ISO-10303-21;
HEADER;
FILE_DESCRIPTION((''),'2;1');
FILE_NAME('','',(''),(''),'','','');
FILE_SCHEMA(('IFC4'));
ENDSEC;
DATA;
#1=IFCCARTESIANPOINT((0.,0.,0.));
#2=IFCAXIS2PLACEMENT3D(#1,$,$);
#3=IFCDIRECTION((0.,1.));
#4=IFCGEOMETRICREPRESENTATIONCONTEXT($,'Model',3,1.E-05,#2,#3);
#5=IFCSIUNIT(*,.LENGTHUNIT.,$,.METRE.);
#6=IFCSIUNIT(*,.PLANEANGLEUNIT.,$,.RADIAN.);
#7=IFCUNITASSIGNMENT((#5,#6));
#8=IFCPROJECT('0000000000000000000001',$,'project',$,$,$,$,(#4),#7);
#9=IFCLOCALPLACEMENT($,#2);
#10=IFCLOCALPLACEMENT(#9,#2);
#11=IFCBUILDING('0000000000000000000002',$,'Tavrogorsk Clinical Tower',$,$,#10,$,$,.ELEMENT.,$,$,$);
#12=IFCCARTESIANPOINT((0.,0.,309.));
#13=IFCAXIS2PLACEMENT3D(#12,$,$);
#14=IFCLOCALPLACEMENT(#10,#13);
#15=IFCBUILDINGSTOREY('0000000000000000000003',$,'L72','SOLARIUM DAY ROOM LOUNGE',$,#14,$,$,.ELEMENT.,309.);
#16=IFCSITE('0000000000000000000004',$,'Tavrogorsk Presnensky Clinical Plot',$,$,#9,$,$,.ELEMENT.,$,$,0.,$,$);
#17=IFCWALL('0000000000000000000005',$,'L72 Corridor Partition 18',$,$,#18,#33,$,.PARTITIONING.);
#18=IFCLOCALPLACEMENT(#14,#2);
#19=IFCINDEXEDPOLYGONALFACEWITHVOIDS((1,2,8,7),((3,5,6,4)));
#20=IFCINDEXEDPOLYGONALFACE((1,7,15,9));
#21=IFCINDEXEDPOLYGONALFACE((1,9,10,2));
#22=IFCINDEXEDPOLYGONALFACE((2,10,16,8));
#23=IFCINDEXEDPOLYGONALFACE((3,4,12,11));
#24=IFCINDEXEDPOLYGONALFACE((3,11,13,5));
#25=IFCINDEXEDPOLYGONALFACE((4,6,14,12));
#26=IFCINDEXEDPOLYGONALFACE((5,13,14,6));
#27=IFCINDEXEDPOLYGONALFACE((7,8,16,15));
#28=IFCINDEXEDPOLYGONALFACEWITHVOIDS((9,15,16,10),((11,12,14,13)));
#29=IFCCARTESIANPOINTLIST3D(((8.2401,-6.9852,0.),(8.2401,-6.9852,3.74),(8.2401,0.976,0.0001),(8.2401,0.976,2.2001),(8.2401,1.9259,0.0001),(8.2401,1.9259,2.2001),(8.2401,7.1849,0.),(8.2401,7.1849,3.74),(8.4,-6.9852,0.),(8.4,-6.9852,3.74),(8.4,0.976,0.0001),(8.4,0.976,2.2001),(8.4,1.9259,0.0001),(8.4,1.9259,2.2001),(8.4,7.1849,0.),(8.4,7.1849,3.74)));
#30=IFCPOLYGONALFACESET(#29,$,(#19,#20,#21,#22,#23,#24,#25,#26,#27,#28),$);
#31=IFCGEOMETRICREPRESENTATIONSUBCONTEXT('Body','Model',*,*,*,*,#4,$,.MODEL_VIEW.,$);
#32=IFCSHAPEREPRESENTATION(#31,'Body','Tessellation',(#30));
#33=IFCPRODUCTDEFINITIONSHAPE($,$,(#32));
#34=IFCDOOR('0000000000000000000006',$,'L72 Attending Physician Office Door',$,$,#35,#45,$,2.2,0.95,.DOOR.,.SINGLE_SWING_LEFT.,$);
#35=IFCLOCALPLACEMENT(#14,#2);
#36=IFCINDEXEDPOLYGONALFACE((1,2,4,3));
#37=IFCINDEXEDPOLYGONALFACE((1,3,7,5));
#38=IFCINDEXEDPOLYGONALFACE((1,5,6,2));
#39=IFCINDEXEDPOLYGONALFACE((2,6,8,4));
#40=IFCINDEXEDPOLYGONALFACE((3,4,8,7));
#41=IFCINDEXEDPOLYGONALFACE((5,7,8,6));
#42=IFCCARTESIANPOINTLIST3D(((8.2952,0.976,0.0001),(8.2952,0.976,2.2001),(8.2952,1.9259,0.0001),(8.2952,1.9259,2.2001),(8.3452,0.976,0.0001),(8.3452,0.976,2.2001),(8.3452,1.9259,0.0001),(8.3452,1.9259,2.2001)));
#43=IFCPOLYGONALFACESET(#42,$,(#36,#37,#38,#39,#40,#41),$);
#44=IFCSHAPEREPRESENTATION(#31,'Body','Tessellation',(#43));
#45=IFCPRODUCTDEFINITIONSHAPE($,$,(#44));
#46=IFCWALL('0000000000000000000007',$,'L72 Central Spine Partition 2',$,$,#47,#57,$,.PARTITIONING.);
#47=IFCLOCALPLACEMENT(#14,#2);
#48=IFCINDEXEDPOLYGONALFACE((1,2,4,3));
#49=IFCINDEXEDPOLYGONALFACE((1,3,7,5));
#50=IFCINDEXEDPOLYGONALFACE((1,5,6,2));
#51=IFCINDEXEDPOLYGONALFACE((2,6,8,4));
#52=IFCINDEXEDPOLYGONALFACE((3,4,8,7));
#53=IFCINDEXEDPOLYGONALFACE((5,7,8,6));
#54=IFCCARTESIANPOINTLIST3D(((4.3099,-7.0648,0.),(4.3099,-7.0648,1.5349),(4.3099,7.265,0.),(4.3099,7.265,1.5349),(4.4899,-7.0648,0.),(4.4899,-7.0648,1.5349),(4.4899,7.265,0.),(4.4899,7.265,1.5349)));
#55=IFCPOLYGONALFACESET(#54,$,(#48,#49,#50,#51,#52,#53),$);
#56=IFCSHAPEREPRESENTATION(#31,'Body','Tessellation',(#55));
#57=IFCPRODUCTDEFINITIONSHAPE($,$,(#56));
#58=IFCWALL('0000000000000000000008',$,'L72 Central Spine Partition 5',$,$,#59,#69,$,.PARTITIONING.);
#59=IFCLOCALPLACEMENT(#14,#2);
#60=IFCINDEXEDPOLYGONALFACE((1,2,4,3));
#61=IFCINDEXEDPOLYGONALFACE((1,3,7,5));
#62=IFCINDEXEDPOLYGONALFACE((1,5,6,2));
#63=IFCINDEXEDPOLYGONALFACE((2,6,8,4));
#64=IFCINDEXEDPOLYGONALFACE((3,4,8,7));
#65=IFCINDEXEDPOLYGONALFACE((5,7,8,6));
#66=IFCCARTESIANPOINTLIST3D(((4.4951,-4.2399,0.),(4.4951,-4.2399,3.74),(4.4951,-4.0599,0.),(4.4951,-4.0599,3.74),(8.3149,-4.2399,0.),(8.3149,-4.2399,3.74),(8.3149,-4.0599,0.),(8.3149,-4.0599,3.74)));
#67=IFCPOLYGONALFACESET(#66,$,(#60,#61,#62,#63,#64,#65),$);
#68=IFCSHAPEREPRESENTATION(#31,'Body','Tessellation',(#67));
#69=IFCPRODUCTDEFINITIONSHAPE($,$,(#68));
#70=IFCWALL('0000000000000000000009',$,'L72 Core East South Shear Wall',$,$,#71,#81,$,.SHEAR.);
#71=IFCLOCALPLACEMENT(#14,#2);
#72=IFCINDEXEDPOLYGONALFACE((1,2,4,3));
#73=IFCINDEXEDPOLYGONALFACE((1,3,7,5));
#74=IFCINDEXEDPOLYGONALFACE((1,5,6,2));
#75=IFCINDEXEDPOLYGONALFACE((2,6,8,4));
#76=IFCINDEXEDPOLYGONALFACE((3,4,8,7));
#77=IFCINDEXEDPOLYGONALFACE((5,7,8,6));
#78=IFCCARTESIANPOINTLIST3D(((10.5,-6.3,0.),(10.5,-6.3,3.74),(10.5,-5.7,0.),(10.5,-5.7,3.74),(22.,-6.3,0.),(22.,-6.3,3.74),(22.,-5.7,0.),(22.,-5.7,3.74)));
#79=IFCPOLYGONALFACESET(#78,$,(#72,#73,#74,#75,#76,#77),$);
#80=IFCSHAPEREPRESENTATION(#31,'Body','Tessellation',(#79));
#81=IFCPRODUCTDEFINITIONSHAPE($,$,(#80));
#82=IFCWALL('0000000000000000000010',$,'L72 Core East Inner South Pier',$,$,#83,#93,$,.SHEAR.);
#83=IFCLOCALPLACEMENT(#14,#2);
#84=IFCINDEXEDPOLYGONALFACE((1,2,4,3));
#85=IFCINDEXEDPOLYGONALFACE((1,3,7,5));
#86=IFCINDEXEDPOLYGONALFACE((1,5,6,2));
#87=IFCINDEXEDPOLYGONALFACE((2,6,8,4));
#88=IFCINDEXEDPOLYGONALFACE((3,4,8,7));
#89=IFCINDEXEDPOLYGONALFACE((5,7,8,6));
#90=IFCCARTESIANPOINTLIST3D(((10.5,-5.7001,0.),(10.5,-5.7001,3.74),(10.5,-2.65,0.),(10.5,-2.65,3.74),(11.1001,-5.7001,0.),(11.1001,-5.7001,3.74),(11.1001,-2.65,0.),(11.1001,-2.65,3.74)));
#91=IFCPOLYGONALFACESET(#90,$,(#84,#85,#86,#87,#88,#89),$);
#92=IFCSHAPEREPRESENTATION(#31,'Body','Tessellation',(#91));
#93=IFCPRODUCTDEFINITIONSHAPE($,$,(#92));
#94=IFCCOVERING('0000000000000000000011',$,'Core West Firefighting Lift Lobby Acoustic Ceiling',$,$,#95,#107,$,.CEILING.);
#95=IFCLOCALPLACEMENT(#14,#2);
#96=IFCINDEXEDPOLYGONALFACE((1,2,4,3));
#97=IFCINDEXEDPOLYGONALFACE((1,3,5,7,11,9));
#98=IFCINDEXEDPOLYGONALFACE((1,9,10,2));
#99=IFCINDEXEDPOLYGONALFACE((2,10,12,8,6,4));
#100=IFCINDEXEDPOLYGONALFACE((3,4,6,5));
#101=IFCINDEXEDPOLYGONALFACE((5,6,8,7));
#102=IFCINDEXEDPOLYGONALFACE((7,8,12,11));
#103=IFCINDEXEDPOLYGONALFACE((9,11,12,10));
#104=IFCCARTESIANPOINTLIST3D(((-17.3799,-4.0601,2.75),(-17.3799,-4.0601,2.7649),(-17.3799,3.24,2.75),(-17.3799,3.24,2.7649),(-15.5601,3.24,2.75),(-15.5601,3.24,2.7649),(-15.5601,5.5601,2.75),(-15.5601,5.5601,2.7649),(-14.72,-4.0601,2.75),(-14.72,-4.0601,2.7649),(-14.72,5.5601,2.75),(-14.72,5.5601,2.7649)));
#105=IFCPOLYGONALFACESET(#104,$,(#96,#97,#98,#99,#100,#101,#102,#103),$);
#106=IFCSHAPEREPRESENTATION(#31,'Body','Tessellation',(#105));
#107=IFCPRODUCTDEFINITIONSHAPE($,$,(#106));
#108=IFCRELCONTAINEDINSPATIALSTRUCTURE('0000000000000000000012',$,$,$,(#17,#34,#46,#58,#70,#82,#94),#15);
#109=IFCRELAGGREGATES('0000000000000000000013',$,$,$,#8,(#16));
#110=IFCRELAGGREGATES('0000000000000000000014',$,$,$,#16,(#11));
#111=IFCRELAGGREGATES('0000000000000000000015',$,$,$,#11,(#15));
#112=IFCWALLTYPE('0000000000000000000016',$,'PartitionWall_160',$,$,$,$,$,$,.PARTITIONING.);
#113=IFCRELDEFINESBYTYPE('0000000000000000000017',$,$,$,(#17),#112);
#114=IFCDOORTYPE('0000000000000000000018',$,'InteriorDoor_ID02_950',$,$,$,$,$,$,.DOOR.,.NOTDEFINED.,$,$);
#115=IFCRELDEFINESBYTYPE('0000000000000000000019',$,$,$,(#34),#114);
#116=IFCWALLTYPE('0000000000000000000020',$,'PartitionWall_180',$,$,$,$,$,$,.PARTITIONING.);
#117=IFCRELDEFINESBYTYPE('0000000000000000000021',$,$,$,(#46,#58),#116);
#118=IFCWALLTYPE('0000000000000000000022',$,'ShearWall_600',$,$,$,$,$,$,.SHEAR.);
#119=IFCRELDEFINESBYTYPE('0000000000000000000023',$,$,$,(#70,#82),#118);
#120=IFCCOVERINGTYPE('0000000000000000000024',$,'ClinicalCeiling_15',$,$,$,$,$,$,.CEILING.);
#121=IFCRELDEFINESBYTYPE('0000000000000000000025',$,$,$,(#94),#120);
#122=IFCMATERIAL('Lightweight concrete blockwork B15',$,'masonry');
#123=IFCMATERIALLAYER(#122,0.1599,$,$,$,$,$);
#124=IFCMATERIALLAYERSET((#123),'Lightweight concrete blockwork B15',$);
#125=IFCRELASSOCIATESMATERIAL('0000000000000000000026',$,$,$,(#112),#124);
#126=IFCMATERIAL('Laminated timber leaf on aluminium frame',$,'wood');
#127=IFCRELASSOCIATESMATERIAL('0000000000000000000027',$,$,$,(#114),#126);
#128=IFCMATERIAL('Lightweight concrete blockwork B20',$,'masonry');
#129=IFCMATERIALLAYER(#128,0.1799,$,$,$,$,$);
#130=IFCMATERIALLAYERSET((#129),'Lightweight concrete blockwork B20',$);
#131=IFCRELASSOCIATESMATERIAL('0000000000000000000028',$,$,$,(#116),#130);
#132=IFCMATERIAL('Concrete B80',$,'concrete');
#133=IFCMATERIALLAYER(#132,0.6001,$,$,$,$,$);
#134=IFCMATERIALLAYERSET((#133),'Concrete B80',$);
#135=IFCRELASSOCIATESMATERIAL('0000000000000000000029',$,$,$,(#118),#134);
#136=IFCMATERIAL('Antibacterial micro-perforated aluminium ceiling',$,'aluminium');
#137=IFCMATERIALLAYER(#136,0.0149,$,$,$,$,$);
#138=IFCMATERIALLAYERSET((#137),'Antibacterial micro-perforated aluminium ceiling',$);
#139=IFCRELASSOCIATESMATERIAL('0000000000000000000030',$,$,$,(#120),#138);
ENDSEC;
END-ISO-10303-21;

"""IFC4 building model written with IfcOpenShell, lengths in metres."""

from ifc_helpers import new_model, si_unit, direction, frame, frame_2d, origin, place, context, subcontext, project, spatial, polyline, rectangle, outline, extrude, material, layer, layer_set, type_object, element, fill, save


model = new_model("IFC4")

# Units and contexts
model_context = context("Model", 3, precision=1e-05, world=origin(), true_north=direction((0.0, 1.0)))
body_context = subcontext(model_context, "Body", "Model", "MODEL_VIEW")
ifc_project = project(units=[si_unit("LENGTHUNIT", "METRE"), si_unit("PLANEANGLEUNIT", "RADIAN")], contexts=[model_context])

# Site, building, storey
site_placement = place(None, origin())
site = spatial("IfcSite", under=ifc_project, at=site_placement, Name="Tavrogorsk Presnensky Clinical Plot", CompositionType="ELEMENT", RefElevation=0.0)
building_placement = place(site_placement, origin())
building = spatial("IfcBuilding", under=site, at=building_placement, Name="Tavrogorsk Clinical Tower", CompositionType="ELEMENT")
storey_placement = place(building_placement, frame((0.0, 0.0, 309.0)))
storey = spatial("IfcBuildingStorey", under=building, at=storey_placement, Name="L72", Description="SOLARIUM DAY ROOM LOUNGE", CompositionType="ELEMENT", Elevation=309.0)

# Shared definitions
ifc_material_1 = material(Name="Lightweight concrete blockwork B15", Category="masonry")
ifc_layer_1 = layer(ifc_material_1, 0.1599)
ifc_layer_set_1 = layer_set([ifc_layer_1], Name="Lightweight concrete blockwork B15")
wall_type_1 = type_object("IfcWallType", Name="PartitionWall_160", PredefinedType="PARTITIONING", material=ifc_layer_set_1)

# Shared definitions
ifc_material_2 = material(Name="Laminated timber leaf on aluminium frame", Category="wood")
door_type_1 = type_object("IfcDoorType", Name="InteriorDoor_ID02_950", OperationType="NOTDEFINED", PredefinedType="DOOR", material=ifc_material_2)

# Wall, opening, door
wall_1_placement = place(storey_placement, frame((8.3201, -6.9851, 0.0), z_axis=(0.0, 0.0, 1.0), x_axis=(0.0, 1.0, 0.0)))
wall_1 = element("IfcWall", 1, at=wall_1_placement, inside=storey, type_object=wall_type_1, Name="L72 Corridor Partition 18", PredefinedType="PARTITIONING", context=body_context, shape_type="SweptSolid", body=[
    extrude(rectangle(XDim=14.1702, YDim=0.1599, at=frame_2d((7.085, 0.0))), origin(), (0.0, 0.0, 1.0), 3.74),
])
opening_1_placement = place(wall_1_placement, frame((7.9609, 0.0, 0.0)))
opening_1 = element("IfcOpeningElement", 2, at=opening_1_placement, cuts=wall_1, PredefinedType="OPENING", context=body_context, shape_type="SweptSolid", body=[
    extrude(rectangle(XDim=0.95, YDim=2.2, at=frame_2d((0.4751, 1.1001))), frame((0.0, 0.0898, 0.0), z_axis=(0.0, -1.0, 0.0), x_axis=(1.0, 0.0, 0.0)), (0.0, 0.0, 1.0), 0.1799),
])
door_1_placement = place(opening_1_placement, origin())
door_1 = element("IfcDoor", 3, at=door_1_placement, inside=storey, type_object=door_type_1, Name="L72 Attending Physician Office Door", OperationType="SINGLE_SWING_LEFT", OverallHeight=2.2, OverallWidth=0.95, PredefinedType="DOOR", context=body_context, shape_type="SweptSolid", body=[
    extrude(rectangle(XDim=0.95, YDim=2.2, at=frame_2d((0.4751, 1.1001))), frame((0.0, 0.0249, 0.0), z_axis=(0.0, -1.0, 0.0), x_axis=(1.0, 0.0, 0.0)), (0.0, 0.0, 1.0), 0.05),
])
fill(opening_1, door_1)

# Walls
ifc_material_3 = material(Name="Lightweight concrete blockwork B20", Category="masonry")
ifc_layer_2 = layer(ifc_material_3, 0.1799)
ifc_layer_set_2 = layer_set([ifc_layer_2], Name="Lightweight concrete blockwork B20")
wall_type_2 = type_object("IfcWallType", Name="PartitionWall_180", PredefinedType="PARTITIONING", material=ifc_layer_set_2)
wall_2_placement = place(storey_placement, frame((4.3999, -7.0649, 0.0), z_axis=(0.0, 0.0, 1.0), x_axis=(0.0, 1.0, 0.0)))
element("IfcWall", 4, at=wall_2_placement, inside=storey, type_object=wall_type_2, Name="L72 Central Spine Partition 2", PredefinedType="PARTITIONING", context=body_context, shape_type="SweptSolid", body=[
    extrude(rectangle(XDim=14.3298, YDim=0.1799, at=frame_2d((7.165, 0.0))), origin(), (0.0, 0.0, 1.0), 1.5349),
])
wall_3_placement = place(storey_placement, frame((4.4951, -4.1499, 0.0), z_axis=(0.0, 0.0, 1.0), x_axis=(1.0, 0.0, 0.0)))
element("IfcWall", 5, at=wall_3_placement, inside=storey, type_object=wall_type_2, Name="L72 Central Spine Partition 5", PredefinedType="PARTITIONING", context=body_context, shape_type="SweptSolid", body=[
    extrude(rectangle(XDim=3.8198, YDim=0.1799, at=frame_2d((1.9099, 0.0))), origin(), (0.0, 0.0, 1.0), 3.74),
])
ifc_material_4 = material(Name="Concrete B80", Category="concrete")
ifc_layer_3 = layer(ifc_material_4, 0.6001)
ifc_layer_set_3 = layer_set([ifc_layer_3], Name="Concrete B80")
wall_type_3 = type_object("IfcWallType", Name="ShearWall_600", PredefinedType="SHEAR", material=ifc_layer_set_3)
wall_4_placement = place(storey_placement, frame((10.5, -6.0, 0.0), z_axis=(0.0, 0.0, 1.0), x_axis=(1.0, 0.0, 0.0)))
element("IfcWall", 6, at=wall_4_placement, inside=storey, type_object=wall_type_3, Name="L72 Core East South Shear Wall", PredefinedType="SHEAR", context=body_context, shape_type="SweptSolid", body=[
    extrude(rectangle(XDim=11.5, YDim=0.6001, at=frame_2d((5.75, 0.0))), origin(), (0.0, 0.0, 1.0), 3.74),
])
wall_5_placement = place(storey_placement, frame((10.8, -5.7, 0.0), z_axis=(0.0, 0.0, 1.0), x_axis=(0.0, 1.0, 0.0)))
element("IfcWall", 7, at=wall_5_placement, inside=storey, type_object=wall_type_3, Name="L72 Core East Inner South Pier", PredefinedType="SHEAR", context=body_context, shape_type="SweptSolid", body=[
    extrude(rectangle(XDim=3.05, YDim=0.6001, at=frame_2d((1.5249, 0.0))), origin(), (0.0, 0.0, 1.0), 3.74),
])

# Covering
ifc_material_5 = material(Name="Antibacterial micro-perforated aluminium ceiling", Category="aluminium")
ifc_layer_4 = layer(ifc_material_5, 0.0149)
ifc_layer_set_4 = layer_set([ifc_layer_4], Name="Antibacterial micro-perforated aluminium ceiling")
covering_type = type_object("IfcCoveringType", Name="ClinicalCeiling_15", PredefinedType="CEILING", material=ifc_layer_set_4)
covering_placement = place(storey_placement, frame((0.0, 0.0, 2.75)))
element("IfcCovering", 8, at=covering_placement, inside=storey, type_object=covering_type, Name="Core West Firefighting Lift Lobby Acoustic Ceiling", PredefinedType="CEILING", context=body_context, shape_type="SweptSolid", body=[
    extrude(outline(polyline([(-14.72, 5.5601), (-14.72, -4.0601), (-17.3799, -4.0601), (-17.3799, 3.24), (-15.5601, 3.24), (-15.5601, 5.5601), (-14.72, 5.5601)])), origin(), (0.0, 0.0, 1.0), 0.0149),
])

save(model, "model.ifc")
